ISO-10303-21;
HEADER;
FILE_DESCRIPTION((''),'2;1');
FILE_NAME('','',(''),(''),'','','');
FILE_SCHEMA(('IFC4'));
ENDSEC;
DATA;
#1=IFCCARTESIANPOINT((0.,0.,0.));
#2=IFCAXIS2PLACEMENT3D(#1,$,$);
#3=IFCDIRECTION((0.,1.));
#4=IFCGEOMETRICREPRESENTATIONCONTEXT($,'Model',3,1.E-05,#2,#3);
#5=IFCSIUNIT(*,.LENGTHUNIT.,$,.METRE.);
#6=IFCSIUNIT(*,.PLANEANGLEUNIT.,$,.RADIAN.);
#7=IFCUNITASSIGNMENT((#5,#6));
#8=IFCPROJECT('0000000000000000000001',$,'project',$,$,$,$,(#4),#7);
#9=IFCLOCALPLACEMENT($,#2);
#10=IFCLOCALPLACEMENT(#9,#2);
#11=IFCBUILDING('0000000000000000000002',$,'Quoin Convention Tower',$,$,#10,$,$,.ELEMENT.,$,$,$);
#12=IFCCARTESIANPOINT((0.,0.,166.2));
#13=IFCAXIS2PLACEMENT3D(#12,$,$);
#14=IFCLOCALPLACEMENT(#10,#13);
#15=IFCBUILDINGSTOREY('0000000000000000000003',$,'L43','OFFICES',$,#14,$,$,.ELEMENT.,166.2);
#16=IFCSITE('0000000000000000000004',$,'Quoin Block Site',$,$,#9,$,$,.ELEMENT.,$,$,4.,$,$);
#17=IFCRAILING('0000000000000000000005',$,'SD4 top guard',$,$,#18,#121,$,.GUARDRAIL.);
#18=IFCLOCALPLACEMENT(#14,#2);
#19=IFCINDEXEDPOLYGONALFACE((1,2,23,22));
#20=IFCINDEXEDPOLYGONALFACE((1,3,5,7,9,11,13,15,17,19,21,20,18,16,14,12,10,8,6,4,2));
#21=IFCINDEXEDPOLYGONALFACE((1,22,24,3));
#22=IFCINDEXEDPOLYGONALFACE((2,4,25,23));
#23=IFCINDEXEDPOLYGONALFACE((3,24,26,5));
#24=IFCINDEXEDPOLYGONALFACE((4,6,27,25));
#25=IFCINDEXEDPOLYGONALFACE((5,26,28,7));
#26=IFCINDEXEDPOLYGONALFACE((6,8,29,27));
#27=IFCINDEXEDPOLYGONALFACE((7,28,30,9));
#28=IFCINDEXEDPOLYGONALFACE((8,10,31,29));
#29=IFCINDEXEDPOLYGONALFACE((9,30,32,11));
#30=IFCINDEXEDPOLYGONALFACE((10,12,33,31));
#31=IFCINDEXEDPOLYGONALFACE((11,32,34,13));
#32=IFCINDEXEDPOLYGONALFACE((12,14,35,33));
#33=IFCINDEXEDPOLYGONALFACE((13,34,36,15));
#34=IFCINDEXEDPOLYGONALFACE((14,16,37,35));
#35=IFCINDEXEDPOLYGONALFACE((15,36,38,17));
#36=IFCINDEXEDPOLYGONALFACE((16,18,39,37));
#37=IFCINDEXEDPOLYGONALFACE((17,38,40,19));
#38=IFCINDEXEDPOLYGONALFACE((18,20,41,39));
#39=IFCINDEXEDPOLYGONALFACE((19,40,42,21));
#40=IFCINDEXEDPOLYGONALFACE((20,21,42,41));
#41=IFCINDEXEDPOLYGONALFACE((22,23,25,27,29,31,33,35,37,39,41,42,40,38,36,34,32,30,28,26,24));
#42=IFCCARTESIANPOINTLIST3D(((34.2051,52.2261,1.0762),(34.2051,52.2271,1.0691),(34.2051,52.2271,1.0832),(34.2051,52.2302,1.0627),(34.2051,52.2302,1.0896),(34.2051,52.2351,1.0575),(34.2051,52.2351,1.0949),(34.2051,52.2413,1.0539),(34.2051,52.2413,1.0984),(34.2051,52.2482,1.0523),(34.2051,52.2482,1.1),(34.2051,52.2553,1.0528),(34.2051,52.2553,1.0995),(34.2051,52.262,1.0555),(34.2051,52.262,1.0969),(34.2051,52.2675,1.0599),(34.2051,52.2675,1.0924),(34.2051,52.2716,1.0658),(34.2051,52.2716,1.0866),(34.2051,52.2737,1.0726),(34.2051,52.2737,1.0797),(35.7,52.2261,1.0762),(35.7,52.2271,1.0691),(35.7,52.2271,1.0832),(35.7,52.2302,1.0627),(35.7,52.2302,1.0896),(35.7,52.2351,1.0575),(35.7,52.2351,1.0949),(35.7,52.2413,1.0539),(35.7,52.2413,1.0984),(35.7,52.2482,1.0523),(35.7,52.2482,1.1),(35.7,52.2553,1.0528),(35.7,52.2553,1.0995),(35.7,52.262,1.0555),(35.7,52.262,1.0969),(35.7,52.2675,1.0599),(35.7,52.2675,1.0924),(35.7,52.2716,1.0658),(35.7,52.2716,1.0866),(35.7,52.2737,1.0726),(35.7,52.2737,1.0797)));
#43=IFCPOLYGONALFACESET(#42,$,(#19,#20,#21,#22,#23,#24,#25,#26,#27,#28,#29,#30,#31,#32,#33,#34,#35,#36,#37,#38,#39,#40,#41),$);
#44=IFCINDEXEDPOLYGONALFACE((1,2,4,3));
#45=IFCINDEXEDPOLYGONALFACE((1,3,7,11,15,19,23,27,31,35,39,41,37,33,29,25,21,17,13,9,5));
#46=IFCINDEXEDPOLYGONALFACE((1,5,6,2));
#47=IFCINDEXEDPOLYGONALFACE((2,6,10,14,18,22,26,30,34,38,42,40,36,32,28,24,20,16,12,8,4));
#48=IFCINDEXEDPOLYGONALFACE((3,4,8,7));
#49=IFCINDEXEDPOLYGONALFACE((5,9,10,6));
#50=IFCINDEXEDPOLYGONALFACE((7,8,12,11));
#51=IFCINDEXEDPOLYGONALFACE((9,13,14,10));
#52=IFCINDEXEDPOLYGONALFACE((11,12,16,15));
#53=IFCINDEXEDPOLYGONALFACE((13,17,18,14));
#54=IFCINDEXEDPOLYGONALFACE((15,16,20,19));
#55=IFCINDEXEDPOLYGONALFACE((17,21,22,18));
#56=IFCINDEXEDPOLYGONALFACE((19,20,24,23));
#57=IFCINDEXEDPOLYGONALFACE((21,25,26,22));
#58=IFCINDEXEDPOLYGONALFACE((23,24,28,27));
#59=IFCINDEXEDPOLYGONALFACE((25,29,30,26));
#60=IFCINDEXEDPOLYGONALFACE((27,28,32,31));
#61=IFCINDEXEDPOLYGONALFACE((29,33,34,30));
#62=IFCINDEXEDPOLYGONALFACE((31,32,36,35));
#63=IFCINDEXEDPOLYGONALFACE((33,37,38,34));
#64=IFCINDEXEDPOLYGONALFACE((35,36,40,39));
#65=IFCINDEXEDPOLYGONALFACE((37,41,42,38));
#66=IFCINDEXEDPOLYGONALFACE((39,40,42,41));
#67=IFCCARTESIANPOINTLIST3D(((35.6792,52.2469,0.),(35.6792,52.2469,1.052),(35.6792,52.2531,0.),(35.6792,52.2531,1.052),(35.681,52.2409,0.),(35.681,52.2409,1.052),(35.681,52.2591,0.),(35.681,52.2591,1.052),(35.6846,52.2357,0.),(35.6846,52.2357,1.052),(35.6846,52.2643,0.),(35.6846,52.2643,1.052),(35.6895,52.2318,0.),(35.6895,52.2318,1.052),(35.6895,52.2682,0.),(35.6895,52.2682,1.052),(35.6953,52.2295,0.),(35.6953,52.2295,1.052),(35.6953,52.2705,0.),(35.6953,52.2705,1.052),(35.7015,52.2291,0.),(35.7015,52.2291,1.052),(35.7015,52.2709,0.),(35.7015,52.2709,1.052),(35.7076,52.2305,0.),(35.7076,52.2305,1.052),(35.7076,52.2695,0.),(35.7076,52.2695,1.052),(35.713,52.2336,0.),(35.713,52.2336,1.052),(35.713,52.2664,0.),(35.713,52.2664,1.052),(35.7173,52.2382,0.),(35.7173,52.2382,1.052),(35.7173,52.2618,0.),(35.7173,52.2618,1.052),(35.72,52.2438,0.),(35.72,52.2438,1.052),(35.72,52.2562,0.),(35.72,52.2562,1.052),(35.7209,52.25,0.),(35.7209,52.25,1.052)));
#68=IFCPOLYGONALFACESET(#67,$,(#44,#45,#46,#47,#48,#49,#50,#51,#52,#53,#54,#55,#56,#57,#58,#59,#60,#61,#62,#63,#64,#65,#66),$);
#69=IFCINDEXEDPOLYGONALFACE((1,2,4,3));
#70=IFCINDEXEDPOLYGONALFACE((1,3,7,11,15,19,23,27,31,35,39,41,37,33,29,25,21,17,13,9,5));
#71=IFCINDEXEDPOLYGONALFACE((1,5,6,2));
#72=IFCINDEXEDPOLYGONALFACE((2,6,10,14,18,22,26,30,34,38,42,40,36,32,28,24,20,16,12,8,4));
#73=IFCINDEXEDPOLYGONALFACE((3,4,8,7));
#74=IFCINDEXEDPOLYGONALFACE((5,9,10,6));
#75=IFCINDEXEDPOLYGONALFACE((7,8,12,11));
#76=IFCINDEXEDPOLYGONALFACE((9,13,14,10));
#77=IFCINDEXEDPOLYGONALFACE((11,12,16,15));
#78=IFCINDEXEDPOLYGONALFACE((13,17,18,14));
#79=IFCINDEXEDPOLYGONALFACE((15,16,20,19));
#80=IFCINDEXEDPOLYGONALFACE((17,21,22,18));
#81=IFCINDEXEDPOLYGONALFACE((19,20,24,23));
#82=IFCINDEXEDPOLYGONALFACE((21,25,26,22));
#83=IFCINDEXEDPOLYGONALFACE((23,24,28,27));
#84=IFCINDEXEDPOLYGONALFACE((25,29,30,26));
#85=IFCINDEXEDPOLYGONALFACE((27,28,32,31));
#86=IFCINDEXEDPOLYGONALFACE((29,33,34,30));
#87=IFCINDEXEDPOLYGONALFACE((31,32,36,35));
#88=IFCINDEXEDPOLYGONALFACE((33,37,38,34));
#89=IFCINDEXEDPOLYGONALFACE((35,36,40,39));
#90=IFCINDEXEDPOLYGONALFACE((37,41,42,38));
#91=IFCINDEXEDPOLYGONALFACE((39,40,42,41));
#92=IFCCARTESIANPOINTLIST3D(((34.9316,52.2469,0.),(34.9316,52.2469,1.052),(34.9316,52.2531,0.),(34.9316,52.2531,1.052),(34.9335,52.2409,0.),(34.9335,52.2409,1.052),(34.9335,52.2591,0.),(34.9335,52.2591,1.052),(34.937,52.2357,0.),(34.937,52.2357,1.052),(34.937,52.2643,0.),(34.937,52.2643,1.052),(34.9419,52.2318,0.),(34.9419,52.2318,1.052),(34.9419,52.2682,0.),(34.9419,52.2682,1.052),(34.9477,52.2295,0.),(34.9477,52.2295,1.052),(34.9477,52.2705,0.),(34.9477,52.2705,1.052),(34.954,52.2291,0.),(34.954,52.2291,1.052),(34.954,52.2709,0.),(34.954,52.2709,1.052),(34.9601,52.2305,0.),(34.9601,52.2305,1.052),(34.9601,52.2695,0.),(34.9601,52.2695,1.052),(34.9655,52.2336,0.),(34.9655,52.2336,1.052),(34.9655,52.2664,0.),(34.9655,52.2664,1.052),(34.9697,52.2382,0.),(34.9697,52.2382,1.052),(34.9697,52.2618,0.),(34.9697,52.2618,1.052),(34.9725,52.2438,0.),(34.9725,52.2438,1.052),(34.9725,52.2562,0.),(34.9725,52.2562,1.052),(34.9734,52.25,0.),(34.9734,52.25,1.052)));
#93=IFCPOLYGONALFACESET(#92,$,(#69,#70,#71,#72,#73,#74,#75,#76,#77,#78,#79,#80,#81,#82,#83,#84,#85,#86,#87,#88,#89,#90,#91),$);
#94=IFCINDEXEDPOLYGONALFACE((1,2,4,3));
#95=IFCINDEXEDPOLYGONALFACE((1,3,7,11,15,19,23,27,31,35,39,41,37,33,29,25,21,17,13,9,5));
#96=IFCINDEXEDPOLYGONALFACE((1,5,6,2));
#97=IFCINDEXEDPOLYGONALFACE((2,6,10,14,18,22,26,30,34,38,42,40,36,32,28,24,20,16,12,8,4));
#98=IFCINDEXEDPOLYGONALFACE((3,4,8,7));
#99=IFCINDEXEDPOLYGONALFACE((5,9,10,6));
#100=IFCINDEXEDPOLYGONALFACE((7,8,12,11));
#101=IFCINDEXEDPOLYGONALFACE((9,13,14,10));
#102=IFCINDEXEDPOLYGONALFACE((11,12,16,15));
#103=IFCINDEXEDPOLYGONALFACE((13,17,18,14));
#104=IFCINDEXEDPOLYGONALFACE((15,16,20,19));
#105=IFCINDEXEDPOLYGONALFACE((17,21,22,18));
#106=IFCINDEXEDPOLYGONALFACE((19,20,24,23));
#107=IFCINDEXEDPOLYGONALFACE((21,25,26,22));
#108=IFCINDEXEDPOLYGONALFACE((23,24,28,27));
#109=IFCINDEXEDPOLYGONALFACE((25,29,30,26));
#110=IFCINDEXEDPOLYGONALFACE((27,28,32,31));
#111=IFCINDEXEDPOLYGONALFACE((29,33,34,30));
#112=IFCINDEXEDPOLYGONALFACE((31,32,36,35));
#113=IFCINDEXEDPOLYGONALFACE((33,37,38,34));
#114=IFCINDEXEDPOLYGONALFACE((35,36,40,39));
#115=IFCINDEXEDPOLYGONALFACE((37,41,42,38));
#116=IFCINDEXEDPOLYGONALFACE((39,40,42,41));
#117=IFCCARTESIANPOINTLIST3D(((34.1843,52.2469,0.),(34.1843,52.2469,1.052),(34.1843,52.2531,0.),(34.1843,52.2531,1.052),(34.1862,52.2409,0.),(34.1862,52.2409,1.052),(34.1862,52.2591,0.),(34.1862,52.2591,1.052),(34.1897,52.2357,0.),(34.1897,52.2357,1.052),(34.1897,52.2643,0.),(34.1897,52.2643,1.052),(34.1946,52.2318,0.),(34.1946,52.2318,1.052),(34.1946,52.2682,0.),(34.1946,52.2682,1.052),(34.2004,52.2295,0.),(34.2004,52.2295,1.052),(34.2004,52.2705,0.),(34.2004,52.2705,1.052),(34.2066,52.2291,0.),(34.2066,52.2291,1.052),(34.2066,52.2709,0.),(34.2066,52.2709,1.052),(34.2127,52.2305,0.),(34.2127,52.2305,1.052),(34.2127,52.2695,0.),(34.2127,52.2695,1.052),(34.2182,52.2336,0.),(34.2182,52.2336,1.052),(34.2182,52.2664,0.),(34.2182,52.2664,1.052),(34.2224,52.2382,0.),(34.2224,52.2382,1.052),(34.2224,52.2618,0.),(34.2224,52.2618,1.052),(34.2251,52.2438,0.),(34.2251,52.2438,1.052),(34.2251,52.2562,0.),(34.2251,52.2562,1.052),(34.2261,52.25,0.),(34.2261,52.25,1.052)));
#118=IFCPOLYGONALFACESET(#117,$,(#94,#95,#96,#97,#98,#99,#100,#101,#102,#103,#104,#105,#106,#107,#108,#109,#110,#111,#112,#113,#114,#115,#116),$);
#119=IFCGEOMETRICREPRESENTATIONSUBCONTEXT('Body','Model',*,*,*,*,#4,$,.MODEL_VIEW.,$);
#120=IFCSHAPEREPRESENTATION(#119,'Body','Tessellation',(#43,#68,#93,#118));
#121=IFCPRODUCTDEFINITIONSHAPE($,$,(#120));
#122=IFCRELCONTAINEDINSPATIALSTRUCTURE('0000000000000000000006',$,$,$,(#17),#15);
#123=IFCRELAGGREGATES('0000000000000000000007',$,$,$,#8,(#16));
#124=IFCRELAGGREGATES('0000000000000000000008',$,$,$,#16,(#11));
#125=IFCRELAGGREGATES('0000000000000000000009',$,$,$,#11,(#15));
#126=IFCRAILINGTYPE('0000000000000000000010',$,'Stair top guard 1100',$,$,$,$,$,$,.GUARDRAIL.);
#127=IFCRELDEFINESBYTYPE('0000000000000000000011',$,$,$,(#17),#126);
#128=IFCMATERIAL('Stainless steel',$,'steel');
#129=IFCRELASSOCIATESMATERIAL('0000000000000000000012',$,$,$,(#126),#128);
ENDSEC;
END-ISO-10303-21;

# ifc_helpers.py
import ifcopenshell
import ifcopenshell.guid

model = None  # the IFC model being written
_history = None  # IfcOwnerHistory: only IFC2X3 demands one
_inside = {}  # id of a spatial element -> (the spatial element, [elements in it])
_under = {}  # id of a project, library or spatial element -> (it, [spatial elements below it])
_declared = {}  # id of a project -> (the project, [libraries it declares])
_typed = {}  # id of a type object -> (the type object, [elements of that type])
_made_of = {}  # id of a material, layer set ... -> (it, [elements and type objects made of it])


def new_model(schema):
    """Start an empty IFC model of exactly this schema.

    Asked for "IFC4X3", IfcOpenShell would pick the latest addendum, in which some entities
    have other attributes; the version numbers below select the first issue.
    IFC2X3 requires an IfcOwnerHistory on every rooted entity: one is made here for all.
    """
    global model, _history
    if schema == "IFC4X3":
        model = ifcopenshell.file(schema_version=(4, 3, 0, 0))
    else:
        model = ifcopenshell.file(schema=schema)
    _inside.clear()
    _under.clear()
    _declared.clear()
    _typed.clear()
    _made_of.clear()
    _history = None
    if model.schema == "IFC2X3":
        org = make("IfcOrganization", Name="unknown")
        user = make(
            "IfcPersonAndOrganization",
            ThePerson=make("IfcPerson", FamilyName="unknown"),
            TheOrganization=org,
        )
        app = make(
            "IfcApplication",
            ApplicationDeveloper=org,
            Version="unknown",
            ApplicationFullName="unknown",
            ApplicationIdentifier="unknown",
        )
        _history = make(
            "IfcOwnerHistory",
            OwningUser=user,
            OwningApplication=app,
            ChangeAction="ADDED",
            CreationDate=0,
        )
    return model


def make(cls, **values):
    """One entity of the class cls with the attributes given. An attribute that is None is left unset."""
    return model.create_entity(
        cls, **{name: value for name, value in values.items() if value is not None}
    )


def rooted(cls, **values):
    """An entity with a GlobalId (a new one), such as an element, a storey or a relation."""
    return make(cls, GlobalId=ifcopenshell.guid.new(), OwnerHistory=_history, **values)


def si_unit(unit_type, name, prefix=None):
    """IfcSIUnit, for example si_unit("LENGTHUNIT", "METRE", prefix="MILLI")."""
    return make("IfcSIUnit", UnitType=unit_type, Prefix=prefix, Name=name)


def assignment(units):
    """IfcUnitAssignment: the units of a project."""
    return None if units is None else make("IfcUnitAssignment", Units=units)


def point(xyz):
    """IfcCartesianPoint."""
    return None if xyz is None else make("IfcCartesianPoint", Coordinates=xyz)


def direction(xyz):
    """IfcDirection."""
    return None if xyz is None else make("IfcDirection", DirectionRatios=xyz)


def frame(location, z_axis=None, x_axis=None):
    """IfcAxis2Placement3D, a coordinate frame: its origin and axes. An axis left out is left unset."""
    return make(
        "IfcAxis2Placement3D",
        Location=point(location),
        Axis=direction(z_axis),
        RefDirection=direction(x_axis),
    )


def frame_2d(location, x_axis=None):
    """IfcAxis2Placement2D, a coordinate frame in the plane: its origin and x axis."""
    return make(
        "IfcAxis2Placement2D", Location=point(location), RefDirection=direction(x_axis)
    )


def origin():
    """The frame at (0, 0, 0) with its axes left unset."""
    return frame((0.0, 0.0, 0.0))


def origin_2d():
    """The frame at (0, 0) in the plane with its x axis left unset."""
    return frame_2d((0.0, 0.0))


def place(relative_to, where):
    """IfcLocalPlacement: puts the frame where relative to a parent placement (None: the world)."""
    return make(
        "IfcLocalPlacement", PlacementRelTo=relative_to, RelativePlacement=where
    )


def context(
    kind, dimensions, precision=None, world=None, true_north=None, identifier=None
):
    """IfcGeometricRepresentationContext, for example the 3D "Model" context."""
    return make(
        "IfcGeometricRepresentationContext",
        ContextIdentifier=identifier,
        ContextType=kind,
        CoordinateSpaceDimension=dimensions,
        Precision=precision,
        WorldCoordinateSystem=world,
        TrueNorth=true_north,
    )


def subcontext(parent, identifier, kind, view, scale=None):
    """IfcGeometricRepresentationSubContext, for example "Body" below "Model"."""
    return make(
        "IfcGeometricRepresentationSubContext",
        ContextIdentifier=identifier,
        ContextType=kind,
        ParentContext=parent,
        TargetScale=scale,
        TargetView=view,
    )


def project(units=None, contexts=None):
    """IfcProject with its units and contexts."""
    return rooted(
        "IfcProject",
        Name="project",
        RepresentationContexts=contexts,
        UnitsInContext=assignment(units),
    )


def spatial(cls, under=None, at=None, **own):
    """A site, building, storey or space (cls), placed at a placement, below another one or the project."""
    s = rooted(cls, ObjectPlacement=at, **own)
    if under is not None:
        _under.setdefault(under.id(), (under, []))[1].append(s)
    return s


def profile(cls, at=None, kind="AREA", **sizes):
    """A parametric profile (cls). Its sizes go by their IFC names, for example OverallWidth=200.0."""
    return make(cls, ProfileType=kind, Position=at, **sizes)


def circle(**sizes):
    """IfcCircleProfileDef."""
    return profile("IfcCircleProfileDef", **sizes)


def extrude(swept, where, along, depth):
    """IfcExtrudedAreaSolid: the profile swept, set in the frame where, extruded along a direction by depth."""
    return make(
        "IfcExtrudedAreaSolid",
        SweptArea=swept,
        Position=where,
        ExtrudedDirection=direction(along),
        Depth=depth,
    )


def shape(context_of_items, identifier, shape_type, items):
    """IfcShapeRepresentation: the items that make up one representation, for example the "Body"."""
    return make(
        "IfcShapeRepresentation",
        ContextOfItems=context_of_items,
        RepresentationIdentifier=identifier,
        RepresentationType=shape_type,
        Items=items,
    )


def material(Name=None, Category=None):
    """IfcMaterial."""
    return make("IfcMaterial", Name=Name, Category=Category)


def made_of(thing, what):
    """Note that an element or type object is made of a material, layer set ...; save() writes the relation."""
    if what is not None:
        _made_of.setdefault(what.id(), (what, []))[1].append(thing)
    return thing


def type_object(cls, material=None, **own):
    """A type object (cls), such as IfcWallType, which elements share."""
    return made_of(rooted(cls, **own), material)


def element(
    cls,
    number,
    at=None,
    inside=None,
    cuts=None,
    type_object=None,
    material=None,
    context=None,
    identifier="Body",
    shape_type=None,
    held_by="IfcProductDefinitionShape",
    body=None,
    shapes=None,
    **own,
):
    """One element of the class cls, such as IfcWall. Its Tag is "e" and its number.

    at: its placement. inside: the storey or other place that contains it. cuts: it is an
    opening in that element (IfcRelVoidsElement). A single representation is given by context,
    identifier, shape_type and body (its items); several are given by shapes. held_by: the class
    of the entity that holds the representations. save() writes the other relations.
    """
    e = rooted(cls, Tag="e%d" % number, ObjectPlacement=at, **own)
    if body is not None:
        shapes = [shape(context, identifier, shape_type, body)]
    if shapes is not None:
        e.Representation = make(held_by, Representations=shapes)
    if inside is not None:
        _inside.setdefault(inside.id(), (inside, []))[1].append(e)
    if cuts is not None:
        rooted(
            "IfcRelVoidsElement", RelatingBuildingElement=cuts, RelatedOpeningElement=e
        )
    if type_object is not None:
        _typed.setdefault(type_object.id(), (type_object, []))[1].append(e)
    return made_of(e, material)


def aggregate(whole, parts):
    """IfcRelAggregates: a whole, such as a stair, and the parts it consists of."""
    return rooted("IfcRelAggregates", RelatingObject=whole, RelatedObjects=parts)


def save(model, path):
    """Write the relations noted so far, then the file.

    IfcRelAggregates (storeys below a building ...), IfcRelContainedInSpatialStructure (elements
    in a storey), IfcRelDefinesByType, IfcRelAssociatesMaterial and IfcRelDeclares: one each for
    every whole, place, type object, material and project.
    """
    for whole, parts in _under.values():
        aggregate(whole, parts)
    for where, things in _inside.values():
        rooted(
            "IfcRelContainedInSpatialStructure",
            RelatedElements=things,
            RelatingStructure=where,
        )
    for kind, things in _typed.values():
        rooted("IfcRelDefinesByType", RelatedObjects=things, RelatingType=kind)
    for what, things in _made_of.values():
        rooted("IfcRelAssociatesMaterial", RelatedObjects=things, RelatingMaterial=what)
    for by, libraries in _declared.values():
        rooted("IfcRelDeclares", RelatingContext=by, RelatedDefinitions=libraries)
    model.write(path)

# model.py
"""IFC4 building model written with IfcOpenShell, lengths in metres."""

from ifc_helpers import new_model, si_unit, direction, frame, origin, origin_2d, place, context, subcontext, project, spatial, circle, extrude, material, type_object, element, save


model = new_model("IFC4")

# Units and contexts
model_context = context("Model", 3, precision=1e-05, world=origin(), true_north=direction((0.0, 1.0)))
body_context = subcontext(model_context, "Body", "Model", "MODEL_VIEW")
ifc_project = project(units=[si_unit("LENGTHUNIT", "METRE"), si_unit("PLANEANGLEUNIT", "RADIAN")], contexts=[model_context])

# Site, building, storey
site_placement = place(None, origin())
site = spatial("IfcSite", under=ifc_project, at=site_placement, Name="Quoin Block Site", CompositionType="ELEMENT", RefElevation=4.0)
building_placement = place(site_placement, origin())
building = spatial("IfcBuilding", under=site, at=building_placement, Name="Quoin Convention Tower", CompositionType="ELEMENT")
storey_placement = place(building_placement, frame((0.0, 0.0, 166.2)))
storey = spatial("IfcBuildingStorey", under=building, at=storey_placement, Name="L43", Description="OFFICES", CompositionType="ELEMENT", Elevation=166.2)

# Railing
ifc_material_1 = material(Name="Stainless steel", Category="steel")
railing_type_1 = type_object("IfcRailingType", Name="Stair top guard 1100", PredefinedType="GUARDRAIL", material=ifc_material_1)
railing_1_placement = place(storey_placement, frame((35.7, 52.25, 0.0)))
element("IfcRailing", 1, at=railing_1_placement, inside=storey, type_object=railing_type_1, Name="SD4 top guard", PredefinedType="GUARDRAIL", context=body_context, shape_type="SweptSolid", body=[
    extrude(circle(Radius=0.0239, at=origin_2d()), frame((0.0, 0.0, 1.0762), z_axis=(-1.0, 0.0, 0.0), x_axis=(0.0, -1.0, 0.0)), (0.0, 0.0, 1.0), 1.4949),
    extrude(circle(Radius=0.021, at=origin_2d()), origin(), (0.0, 0.0, 1.0), 1.052),
    extrude(circle(Radius=0.021, at=origin_2d()), frame((-0.7476, 0.0, 0.0)), (0.0, 0.0, 1.0), 1.052),
    extrude(circle(Radius=0.021, at=origin_2d()), frame((-1.4949, 0.0, 0.0)), (0.0, 0.0, 1.0), 1.052),
])

save(model, "model.ifc")
